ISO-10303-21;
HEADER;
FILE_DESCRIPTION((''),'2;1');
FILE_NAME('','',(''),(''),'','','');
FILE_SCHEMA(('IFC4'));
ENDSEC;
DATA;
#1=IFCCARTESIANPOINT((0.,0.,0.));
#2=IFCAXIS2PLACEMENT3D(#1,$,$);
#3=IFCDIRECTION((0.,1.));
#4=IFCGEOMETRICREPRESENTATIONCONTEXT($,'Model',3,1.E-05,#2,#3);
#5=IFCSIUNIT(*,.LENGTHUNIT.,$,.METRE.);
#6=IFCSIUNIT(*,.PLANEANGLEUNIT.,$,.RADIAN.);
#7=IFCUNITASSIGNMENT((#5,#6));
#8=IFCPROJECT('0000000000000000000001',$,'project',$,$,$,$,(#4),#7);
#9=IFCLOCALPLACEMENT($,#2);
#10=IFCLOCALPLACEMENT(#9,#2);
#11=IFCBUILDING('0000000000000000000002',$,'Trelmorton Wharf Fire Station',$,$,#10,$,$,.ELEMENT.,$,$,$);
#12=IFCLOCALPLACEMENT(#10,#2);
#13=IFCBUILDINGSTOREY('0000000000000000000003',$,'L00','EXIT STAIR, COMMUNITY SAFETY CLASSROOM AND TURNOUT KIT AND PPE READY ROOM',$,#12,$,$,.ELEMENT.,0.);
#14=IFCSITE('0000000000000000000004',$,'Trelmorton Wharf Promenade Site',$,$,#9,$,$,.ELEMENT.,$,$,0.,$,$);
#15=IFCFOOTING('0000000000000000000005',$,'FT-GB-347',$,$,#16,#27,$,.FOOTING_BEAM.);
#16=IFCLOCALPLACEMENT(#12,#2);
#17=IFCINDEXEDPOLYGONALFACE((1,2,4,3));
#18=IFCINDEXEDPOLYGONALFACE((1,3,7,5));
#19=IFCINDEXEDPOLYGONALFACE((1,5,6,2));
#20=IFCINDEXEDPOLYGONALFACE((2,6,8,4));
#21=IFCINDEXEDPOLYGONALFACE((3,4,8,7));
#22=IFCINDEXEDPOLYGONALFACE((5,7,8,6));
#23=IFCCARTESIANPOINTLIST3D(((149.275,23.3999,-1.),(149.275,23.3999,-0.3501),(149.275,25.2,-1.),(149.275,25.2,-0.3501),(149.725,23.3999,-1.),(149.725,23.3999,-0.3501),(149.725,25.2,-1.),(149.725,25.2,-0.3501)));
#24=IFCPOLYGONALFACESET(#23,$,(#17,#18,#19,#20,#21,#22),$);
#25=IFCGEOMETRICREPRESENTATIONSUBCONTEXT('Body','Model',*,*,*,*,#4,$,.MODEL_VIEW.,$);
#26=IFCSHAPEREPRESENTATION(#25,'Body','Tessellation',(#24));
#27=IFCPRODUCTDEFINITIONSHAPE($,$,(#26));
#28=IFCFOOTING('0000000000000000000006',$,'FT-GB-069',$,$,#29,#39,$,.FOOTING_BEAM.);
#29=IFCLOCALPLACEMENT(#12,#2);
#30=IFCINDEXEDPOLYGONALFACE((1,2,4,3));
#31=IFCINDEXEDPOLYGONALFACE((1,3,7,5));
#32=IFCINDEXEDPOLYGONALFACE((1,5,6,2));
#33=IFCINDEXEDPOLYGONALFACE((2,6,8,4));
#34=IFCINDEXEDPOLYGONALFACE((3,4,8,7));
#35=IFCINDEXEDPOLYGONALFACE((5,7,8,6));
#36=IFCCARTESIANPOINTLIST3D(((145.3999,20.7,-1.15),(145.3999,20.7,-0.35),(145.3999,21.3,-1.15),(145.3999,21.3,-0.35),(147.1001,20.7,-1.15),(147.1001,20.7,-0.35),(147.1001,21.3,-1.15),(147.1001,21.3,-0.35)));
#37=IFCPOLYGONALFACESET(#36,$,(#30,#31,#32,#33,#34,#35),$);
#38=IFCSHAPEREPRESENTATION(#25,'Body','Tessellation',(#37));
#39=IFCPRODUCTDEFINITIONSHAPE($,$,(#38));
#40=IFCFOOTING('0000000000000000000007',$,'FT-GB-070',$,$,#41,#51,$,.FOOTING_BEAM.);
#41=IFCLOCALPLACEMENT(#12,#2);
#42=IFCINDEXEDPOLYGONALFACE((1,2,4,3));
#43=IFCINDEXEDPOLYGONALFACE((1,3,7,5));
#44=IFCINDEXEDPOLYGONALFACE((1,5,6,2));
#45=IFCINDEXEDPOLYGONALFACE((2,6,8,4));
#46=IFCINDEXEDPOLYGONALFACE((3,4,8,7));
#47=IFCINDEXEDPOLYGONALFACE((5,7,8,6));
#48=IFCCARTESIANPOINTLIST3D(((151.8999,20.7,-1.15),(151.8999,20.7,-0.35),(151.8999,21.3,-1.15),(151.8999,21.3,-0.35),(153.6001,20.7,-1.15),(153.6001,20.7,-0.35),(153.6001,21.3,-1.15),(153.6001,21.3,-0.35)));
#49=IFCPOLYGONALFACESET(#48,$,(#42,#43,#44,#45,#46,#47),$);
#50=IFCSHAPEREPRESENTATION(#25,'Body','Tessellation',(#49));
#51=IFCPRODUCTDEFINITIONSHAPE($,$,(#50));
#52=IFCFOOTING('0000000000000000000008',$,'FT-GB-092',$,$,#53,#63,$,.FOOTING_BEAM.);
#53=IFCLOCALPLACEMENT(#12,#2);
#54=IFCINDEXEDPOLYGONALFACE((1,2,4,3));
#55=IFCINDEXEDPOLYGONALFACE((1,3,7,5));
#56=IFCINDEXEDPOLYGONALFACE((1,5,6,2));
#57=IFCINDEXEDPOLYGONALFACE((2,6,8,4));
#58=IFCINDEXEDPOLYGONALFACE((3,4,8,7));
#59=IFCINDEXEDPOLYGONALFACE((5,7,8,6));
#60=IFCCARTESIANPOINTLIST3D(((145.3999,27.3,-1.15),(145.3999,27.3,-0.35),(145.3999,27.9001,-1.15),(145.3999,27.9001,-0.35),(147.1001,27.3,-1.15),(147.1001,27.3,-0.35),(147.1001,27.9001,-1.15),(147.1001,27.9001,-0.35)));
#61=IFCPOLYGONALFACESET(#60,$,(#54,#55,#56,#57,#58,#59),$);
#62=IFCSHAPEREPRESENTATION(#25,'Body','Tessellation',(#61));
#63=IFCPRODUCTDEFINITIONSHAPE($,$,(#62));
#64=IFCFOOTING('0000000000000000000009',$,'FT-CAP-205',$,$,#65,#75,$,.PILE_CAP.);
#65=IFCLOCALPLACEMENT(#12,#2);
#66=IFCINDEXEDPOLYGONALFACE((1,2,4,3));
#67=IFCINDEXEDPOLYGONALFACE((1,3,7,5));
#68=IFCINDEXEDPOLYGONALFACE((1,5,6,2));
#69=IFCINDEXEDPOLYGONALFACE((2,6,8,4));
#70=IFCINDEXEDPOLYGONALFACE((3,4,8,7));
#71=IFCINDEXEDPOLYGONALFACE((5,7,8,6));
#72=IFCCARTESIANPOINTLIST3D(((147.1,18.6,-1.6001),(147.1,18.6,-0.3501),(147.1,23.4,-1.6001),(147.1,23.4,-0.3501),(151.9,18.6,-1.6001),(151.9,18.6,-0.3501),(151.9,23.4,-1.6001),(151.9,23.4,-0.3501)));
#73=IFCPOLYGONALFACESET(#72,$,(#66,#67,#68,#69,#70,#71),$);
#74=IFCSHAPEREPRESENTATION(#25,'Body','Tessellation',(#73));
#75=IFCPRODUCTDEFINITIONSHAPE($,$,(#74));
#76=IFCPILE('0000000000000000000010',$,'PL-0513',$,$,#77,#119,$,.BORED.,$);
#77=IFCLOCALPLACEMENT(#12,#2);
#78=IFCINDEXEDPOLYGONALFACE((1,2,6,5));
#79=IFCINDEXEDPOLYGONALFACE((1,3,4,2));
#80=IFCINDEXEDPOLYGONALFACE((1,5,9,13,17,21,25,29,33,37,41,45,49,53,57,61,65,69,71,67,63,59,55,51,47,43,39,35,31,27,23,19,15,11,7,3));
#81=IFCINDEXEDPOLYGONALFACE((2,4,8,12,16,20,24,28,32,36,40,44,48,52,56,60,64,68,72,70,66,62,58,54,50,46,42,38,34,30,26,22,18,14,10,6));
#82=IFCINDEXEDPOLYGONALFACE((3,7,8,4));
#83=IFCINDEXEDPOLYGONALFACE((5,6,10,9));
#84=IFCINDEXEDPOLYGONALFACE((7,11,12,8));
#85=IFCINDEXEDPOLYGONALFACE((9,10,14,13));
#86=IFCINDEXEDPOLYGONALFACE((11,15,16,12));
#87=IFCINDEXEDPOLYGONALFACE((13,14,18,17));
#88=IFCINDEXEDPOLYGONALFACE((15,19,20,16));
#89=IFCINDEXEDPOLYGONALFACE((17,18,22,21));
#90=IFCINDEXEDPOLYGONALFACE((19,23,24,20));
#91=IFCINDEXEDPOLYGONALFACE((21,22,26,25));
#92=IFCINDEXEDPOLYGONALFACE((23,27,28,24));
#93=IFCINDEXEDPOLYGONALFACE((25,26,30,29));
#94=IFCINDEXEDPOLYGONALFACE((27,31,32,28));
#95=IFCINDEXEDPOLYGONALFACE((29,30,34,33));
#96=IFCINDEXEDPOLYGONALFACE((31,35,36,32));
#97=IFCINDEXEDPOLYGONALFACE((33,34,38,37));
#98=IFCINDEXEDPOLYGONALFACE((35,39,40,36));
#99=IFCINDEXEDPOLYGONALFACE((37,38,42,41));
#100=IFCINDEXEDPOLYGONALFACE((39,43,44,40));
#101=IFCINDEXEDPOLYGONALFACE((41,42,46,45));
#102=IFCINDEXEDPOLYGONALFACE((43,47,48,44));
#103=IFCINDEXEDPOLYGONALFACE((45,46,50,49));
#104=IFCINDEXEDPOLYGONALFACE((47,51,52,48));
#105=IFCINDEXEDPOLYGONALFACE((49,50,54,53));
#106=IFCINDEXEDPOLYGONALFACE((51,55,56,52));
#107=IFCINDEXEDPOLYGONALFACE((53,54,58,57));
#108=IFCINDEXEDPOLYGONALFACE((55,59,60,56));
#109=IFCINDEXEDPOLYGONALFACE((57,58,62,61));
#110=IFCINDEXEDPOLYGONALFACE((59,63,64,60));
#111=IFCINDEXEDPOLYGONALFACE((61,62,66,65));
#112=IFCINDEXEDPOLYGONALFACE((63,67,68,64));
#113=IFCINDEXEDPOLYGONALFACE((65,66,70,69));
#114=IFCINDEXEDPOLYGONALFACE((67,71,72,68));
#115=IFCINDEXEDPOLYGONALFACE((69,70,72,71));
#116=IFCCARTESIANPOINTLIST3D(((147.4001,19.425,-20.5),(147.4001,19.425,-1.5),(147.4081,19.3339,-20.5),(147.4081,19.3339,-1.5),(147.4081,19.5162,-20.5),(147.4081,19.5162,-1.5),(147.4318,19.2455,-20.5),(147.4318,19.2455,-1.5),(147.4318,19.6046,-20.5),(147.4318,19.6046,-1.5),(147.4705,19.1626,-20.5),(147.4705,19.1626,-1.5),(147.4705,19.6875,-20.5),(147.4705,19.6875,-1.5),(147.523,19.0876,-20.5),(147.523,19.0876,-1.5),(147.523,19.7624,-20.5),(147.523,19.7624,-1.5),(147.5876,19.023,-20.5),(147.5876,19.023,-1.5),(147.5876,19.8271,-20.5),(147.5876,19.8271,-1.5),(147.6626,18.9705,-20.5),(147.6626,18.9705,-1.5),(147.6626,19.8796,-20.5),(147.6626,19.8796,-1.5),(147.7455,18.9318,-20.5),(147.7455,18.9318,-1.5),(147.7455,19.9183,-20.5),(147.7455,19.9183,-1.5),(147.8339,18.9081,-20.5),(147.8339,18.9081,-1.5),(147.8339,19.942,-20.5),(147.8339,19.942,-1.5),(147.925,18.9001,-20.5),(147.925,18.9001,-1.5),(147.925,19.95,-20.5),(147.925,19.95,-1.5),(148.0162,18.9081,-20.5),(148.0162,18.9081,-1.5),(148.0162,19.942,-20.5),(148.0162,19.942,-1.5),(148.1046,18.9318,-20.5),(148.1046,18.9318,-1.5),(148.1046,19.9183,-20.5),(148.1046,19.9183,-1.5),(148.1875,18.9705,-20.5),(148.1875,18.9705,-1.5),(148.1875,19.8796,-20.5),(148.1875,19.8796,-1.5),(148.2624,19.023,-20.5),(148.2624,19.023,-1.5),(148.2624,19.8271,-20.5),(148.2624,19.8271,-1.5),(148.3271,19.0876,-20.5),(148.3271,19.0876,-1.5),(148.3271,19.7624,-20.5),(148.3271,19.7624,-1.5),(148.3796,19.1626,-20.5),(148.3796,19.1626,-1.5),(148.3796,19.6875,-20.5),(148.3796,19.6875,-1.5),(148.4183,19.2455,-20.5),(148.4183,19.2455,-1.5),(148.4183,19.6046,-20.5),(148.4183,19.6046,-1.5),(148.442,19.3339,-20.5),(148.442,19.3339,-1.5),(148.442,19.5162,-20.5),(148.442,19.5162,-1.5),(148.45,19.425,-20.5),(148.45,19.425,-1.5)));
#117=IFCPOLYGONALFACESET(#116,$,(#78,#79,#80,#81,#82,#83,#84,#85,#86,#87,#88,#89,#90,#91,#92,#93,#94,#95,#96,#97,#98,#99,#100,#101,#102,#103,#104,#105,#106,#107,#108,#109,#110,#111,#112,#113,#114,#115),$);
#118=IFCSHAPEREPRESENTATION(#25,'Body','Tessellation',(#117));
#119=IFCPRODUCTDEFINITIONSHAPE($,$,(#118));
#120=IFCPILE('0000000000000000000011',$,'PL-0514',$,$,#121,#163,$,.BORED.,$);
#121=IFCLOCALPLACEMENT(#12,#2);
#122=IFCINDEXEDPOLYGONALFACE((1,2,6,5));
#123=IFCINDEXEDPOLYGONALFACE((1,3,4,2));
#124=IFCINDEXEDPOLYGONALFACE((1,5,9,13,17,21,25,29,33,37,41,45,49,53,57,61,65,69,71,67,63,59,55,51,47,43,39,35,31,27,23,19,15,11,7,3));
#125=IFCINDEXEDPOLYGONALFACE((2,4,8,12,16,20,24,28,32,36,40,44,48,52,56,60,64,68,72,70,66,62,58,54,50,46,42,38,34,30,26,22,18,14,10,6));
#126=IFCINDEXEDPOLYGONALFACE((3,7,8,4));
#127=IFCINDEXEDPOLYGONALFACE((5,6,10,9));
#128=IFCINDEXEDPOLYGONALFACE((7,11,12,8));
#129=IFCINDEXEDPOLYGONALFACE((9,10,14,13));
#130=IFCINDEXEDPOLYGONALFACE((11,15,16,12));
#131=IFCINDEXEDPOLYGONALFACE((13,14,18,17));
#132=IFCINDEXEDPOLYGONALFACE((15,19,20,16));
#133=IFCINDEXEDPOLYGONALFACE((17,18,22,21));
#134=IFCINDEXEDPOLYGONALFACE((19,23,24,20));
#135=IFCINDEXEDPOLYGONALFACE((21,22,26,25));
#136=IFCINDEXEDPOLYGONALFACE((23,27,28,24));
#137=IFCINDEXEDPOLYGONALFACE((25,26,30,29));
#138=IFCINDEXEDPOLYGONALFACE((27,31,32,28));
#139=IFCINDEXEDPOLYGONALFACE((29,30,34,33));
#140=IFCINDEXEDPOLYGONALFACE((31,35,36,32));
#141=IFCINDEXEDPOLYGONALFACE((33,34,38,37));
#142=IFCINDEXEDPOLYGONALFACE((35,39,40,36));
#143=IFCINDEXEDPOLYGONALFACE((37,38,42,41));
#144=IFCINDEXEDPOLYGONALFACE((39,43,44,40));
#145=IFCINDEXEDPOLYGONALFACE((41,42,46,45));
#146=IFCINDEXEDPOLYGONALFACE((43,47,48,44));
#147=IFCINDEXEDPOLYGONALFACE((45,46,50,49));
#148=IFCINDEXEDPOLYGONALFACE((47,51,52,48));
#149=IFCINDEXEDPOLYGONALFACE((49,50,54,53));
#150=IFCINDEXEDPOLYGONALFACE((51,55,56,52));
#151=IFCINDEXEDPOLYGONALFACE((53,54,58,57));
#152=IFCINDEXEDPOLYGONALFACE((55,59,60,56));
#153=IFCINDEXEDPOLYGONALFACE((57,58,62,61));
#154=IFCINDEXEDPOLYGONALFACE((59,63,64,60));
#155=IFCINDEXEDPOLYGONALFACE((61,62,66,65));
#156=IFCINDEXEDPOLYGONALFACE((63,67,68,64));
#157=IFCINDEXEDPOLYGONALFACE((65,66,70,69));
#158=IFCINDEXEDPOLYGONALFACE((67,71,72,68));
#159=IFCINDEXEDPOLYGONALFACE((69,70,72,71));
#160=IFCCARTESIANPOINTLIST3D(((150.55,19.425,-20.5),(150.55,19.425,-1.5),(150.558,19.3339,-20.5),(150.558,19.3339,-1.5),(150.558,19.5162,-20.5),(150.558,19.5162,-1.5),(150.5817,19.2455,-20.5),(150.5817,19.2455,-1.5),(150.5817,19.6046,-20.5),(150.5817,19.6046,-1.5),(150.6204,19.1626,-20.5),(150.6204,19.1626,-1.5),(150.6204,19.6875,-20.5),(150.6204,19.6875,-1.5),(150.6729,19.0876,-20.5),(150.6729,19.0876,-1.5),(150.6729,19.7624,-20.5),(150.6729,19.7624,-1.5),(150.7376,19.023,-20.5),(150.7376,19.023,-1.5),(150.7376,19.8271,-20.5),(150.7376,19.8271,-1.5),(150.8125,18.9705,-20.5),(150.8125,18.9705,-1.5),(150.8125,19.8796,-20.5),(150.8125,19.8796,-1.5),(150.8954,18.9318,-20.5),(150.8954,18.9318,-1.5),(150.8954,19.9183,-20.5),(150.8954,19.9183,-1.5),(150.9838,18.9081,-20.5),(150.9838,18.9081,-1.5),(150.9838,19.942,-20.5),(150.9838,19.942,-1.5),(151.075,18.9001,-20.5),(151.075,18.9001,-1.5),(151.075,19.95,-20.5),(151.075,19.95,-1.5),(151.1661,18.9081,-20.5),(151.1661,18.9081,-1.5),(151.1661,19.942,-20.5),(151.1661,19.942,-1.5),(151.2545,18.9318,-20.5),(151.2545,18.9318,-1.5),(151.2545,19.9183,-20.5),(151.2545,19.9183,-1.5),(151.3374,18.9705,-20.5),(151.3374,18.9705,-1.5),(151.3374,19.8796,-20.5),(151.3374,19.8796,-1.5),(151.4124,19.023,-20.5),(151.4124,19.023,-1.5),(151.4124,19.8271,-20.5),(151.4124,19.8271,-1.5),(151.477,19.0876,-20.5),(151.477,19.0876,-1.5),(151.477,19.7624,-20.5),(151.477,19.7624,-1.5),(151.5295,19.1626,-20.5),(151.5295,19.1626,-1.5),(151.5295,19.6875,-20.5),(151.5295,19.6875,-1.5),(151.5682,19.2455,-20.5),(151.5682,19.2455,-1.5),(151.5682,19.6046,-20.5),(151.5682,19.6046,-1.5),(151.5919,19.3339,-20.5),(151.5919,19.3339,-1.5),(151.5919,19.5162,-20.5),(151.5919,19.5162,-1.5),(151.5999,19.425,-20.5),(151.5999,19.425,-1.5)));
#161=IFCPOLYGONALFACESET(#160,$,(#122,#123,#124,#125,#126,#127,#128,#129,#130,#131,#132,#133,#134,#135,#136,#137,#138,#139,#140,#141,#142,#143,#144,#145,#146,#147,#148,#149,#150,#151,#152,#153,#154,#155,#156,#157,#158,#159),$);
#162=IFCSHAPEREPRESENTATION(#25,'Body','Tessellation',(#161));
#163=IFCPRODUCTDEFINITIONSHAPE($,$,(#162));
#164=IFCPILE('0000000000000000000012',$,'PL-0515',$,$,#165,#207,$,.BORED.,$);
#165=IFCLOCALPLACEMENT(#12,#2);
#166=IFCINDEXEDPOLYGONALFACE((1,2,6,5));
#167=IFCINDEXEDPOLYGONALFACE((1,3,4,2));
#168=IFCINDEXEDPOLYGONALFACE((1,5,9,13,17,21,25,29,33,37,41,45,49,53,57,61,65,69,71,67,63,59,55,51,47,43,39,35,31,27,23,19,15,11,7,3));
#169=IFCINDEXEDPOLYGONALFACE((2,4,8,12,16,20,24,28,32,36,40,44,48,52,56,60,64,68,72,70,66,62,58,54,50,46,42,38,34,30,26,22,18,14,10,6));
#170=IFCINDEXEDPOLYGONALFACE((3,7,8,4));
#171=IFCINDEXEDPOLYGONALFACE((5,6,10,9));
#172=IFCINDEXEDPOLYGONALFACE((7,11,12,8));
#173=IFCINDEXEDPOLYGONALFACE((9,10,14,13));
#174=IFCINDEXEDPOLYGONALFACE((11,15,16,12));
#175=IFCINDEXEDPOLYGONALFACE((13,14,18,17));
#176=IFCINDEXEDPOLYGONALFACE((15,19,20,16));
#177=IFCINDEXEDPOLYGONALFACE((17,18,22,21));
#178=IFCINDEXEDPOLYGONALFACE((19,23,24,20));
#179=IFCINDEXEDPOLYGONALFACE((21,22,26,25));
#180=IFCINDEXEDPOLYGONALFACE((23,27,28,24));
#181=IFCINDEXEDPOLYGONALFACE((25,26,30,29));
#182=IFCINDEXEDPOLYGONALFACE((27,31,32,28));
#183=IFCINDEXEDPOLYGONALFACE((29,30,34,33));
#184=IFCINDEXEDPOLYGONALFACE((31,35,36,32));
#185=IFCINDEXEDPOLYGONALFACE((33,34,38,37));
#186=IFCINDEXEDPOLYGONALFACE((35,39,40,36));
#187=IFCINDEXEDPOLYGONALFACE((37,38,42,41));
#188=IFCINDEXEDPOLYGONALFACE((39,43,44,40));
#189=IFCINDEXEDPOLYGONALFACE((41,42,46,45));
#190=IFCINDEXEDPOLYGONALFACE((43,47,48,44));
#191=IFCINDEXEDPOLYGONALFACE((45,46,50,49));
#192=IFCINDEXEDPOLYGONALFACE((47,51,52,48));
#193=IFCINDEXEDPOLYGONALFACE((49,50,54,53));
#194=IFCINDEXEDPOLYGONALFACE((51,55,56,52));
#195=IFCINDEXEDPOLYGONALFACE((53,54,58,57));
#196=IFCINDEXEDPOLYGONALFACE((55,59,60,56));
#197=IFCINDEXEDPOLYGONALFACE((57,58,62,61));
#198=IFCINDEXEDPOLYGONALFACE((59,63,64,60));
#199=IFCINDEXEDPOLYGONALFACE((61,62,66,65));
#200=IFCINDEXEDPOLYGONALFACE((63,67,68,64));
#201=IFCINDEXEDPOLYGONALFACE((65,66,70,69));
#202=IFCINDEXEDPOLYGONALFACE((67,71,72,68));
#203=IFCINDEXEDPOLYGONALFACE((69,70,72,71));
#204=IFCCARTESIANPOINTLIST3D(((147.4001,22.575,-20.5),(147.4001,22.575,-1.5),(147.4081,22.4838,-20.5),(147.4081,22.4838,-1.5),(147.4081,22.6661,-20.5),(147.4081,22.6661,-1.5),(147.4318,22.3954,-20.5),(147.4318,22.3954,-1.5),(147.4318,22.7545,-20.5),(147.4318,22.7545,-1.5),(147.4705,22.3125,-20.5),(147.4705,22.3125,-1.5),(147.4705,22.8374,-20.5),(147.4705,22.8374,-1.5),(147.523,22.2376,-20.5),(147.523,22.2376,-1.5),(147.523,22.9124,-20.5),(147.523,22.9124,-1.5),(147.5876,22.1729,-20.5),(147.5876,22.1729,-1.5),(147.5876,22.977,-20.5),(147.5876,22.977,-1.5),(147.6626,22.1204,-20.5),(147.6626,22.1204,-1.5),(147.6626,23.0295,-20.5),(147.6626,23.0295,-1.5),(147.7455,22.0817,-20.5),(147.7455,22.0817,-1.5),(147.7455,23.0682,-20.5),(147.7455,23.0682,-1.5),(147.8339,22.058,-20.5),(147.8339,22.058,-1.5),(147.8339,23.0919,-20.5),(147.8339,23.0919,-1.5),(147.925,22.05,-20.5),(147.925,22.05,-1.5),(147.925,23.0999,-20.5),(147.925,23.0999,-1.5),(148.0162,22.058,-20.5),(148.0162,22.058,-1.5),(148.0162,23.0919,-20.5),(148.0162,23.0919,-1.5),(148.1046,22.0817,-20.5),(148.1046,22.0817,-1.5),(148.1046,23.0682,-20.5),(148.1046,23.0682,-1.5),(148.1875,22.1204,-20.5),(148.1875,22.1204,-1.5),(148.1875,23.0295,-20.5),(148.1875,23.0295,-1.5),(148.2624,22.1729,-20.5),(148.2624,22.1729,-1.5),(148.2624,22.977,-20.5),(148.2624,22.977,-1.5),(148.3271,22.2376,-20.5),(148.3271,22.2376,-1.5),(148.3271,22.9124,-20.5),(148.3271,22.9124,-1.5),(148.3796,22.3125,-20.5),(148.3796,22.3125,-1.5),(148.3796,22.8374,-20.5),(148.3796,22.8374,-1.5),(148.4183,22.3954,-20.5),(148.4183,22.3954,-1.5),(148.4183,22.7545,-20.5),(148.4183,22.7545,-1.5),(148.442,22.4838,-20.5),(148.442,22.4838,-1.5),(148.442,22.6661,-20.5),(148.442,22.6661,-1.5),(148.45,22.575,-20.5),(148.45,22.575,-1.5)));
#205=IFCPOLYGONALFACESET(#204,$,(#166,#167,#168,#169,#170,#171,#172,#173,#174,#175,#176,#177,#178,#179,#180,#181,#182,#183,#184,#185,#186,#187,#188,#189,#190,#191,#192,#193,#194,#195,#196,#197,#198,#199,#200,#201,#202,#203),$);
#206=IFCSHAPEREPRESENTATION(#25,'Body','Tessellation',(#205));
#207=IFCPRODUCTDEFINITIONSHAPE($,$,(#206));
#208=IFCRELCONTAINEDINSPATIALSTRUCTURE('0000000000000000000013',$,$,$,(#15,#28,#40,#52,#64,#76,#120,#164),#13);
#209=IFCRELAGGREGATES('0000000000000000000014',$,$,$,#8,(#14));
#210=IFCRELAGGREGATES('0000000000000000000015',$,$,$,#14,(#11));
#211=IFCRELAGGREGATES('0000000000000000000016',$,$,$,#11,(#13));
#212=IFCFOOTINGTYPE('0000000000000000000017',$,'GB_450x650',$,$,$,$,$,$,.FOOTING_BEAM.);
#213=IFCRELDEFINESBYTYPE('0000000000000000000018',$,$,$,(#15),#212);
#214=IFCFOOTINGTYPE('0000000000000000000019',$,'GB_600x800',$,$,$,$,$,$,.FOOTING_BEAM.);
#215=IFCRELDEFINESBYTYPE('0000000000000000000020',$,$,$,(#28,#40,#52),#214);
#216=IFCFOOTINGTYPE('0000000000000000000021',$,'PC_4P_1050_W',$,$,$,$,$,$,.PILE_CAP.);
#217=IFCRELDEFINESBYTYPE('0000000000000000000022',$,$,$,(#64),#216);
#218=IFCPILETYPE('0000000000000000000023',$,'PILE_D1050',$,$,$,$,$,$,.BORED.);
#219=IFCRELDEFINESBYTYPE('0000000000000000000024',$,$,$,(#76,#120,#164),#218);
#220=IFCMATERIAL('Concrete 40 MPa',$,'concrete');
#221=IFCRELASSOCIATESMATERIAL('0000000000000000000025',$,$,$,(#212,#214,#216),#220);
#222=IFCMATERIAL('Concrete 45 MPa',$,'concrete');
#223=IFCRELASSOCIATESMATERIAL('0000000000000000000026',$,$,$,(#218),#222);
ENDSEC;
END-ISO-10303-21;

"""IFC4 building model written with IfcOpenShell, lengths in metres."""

from ifc_helpers import new_model, si_unit, direction, frame, origin, origin_2d, place, context, subcontext, project, spatial, rectangle, circle, extrude, material, material_profile, profile_set, type_object, element, save


model = new_model("IFC4")

# Units and contexts
model_context = context("Model", 3, precision=1e-05, world=origin(), true_north=direction((0.0, 1.0)))
body_context = subcontext(model_context, "Body", "Model", "MODEL_VIEW")
ifc_project = project(units=[si_unit("LENGTHUNIT", "METRE"), si_unit("PLANEANGLEUNIT", "RADIAN")], contexts=[model_context])

# Site, building, storey
site_placement = place(None, origin())
site = spatial("IfcSite", under=ifc_project, at=site_placement, Name="Trelmorton Wharf Promenade Site", CompositionType="ELEMENT", RefElevation=0.0)
building_placement = place(site_placement, origin())
building = spatial("IfcBuilding", under=site, at=building_placement, Name="Trelmorton Wharf Fire Station", CompositionType="ELEMENT")
storey_placement = place(building_placement, origin())
storey = spatial("IfcBuildingStorey", under=building, at=storey_placement, Name="L00", Description="EXIT STAIR, COMMUNITY SAFETY CLASSROOM AND TURNOUT KIT AND PPE READY ROOM", CompositionType="ELEMENT", Elevation=0.0)

# Footings
ifc_material_1 = material(Name="Concrete 40 MPa", Category="concrete")
ifc_material_profile_1 = material_profile(ifc_material_1, rectangle(XDim=0.45, YDim=0.6499, at=origin_2d()), Name="RC450x650")
ifc_profile_set_1 = profile_set([ifc_material_profile_1], Name="Concrete 40 MPa")
footing_type_1 = type_object("IfcFootingType", Name="GB_450x650", PredefinedType="FOOTING_BEAM", material=ifc_profile_set_1)
footing_1_placement = place(storey_placement, frame((149.5, 23.3999, -0.675), z_axis=(0.0, 1.0, 0.0), x_axis=(-1.0, 0.0, 0.0)))
element("IfcFooting", 1, at=footing_1_placement, inside=storey, type_object=footing_type_1, Name="FT-GB-347", PredefinedType="FOOTING_BEAM", context=body_context, shape_type="SweptSolid", body=[
    extrude(rectangle(XDim=0.45, YDim=0.6499, at=origin_2d()), origin(), (0.0, 0.0, 1.0), 1.8),
])
ifc_material_profile_2 = material_profile(ifc_material_1, rectangle(XDim=0.6001, YDim=0.8, at=origin_2d()), Name="RC600x800")
ifc_profile_set_2 = profile_set([ifc_material_profile_2], Name="Concrete 40 MPa")
footing_type_2 = type_object("IfcFootingType", Name="GB_600x800", PredefinedType="FOOTING_BEAM", material=ifc_profile_set_2)
for number, where, z_axis, x_axis, name in (
    (2, (145.3999, 21.0, -0.75), (1.0, 0.0, 0.0), (0.0, 1.0, 0.0), "FT-GB-069"),
    (3, (151.8999, 21.0, -0.75), (1.0, 0.0, 0.0), (0.0, 1.0, 0.0), "FT-GB-070"),
    (4, (145.3999, 27.6001, -0.75), (1.0, 0.0, 0.0), (0.0, 1.0, 0.0), "FT-GB-092"),
):
    element("IfcFooting", number, at=place(storey_placement, frame(where, z_axis=z_axis, x_axis=x_axis)), inside=storey, type_object=footing_type_2, Name=name, PredefinedType="FOOTING_BEAM", context=body_context, shape_type="SweptSolid", body=[
        extrude(rectangle(XDim=0.6001, YDim=0.8, at=origin_2d()), origin(), (0.0, 0.0, 1.0), 1.7002),
    ])
footing_type_3 = type_object("IfcFootingType", Name="PC_4P_1050_W", PredefinedType="PILE_CAP", material=ifc_material_1)
footing_2_placement = place(storey_placement, frame((149.5, 21.0, -1.6001), z_axis=(0.0, 0.0, 1.0), x_axis=(1.0, 0.0, 0.0)))
element("IfcFooting", 5, at=footing_2_placement, inside=storey, type_object=footing_type_3, Name="FT-CAP-205", PredefinedType="PILE_CAP", context=body_context, shape_type="SweptSolid", body=[
    extrude(rectangle(XDim=4.8, YDim=4.8, at=origin_2d()), origin(), (0.0, 0.0, 1.0), 1.25),
])

# Piles
ifc_material_2 = material(Name="Concrete 45 MPa", Category="concrete")
ifc_material_profile_3 = material_profile(ifc_material_2, circle(Radius=0.5249, at=origin_2d()), Name="PILE-D1050")
ifc_profile_set_3 = profile_set([ifc_material_profile_3], Name="Concrete 45 MPa")
pile_type = type_object("IfcPileType", Name="PILE_D1050", PredefinedType="BORED", material=ifc_profile_set_3)
for number, where, z_axis, x_axis, name in (
    (6, (147.925, 19.425, -1.5), (0.0, 0.0, -1.0), (1.0, 0.0, 0.0), "PL-0513"),
    (7, (151.075, 19.425, -1.5), (0.0, 0.0, -1.0), (1.0, 0.0, 0.0), "PL-0514"),
    (8, (147.925, 22.575, -1.5), (0.0, 0.0, -1.0), (1.0, 0.0, 0.0), "PL-0515"),
):
    element("IfcPile", number, at=place(storey_placement, frame(where, z_axis=z_axis, x_axis=x_axis)), inside=storey, type_object=pile_type, Name=name, PredefinedType="BORED", context=body_context, shape_type="SweptSolid", body=[
        extrude(circle(Radius=0.5249, at=origin_2d()), origin(), (0.0, 0.0, 1.0), 19.0),
    ])

save(model, "model.ifc")
